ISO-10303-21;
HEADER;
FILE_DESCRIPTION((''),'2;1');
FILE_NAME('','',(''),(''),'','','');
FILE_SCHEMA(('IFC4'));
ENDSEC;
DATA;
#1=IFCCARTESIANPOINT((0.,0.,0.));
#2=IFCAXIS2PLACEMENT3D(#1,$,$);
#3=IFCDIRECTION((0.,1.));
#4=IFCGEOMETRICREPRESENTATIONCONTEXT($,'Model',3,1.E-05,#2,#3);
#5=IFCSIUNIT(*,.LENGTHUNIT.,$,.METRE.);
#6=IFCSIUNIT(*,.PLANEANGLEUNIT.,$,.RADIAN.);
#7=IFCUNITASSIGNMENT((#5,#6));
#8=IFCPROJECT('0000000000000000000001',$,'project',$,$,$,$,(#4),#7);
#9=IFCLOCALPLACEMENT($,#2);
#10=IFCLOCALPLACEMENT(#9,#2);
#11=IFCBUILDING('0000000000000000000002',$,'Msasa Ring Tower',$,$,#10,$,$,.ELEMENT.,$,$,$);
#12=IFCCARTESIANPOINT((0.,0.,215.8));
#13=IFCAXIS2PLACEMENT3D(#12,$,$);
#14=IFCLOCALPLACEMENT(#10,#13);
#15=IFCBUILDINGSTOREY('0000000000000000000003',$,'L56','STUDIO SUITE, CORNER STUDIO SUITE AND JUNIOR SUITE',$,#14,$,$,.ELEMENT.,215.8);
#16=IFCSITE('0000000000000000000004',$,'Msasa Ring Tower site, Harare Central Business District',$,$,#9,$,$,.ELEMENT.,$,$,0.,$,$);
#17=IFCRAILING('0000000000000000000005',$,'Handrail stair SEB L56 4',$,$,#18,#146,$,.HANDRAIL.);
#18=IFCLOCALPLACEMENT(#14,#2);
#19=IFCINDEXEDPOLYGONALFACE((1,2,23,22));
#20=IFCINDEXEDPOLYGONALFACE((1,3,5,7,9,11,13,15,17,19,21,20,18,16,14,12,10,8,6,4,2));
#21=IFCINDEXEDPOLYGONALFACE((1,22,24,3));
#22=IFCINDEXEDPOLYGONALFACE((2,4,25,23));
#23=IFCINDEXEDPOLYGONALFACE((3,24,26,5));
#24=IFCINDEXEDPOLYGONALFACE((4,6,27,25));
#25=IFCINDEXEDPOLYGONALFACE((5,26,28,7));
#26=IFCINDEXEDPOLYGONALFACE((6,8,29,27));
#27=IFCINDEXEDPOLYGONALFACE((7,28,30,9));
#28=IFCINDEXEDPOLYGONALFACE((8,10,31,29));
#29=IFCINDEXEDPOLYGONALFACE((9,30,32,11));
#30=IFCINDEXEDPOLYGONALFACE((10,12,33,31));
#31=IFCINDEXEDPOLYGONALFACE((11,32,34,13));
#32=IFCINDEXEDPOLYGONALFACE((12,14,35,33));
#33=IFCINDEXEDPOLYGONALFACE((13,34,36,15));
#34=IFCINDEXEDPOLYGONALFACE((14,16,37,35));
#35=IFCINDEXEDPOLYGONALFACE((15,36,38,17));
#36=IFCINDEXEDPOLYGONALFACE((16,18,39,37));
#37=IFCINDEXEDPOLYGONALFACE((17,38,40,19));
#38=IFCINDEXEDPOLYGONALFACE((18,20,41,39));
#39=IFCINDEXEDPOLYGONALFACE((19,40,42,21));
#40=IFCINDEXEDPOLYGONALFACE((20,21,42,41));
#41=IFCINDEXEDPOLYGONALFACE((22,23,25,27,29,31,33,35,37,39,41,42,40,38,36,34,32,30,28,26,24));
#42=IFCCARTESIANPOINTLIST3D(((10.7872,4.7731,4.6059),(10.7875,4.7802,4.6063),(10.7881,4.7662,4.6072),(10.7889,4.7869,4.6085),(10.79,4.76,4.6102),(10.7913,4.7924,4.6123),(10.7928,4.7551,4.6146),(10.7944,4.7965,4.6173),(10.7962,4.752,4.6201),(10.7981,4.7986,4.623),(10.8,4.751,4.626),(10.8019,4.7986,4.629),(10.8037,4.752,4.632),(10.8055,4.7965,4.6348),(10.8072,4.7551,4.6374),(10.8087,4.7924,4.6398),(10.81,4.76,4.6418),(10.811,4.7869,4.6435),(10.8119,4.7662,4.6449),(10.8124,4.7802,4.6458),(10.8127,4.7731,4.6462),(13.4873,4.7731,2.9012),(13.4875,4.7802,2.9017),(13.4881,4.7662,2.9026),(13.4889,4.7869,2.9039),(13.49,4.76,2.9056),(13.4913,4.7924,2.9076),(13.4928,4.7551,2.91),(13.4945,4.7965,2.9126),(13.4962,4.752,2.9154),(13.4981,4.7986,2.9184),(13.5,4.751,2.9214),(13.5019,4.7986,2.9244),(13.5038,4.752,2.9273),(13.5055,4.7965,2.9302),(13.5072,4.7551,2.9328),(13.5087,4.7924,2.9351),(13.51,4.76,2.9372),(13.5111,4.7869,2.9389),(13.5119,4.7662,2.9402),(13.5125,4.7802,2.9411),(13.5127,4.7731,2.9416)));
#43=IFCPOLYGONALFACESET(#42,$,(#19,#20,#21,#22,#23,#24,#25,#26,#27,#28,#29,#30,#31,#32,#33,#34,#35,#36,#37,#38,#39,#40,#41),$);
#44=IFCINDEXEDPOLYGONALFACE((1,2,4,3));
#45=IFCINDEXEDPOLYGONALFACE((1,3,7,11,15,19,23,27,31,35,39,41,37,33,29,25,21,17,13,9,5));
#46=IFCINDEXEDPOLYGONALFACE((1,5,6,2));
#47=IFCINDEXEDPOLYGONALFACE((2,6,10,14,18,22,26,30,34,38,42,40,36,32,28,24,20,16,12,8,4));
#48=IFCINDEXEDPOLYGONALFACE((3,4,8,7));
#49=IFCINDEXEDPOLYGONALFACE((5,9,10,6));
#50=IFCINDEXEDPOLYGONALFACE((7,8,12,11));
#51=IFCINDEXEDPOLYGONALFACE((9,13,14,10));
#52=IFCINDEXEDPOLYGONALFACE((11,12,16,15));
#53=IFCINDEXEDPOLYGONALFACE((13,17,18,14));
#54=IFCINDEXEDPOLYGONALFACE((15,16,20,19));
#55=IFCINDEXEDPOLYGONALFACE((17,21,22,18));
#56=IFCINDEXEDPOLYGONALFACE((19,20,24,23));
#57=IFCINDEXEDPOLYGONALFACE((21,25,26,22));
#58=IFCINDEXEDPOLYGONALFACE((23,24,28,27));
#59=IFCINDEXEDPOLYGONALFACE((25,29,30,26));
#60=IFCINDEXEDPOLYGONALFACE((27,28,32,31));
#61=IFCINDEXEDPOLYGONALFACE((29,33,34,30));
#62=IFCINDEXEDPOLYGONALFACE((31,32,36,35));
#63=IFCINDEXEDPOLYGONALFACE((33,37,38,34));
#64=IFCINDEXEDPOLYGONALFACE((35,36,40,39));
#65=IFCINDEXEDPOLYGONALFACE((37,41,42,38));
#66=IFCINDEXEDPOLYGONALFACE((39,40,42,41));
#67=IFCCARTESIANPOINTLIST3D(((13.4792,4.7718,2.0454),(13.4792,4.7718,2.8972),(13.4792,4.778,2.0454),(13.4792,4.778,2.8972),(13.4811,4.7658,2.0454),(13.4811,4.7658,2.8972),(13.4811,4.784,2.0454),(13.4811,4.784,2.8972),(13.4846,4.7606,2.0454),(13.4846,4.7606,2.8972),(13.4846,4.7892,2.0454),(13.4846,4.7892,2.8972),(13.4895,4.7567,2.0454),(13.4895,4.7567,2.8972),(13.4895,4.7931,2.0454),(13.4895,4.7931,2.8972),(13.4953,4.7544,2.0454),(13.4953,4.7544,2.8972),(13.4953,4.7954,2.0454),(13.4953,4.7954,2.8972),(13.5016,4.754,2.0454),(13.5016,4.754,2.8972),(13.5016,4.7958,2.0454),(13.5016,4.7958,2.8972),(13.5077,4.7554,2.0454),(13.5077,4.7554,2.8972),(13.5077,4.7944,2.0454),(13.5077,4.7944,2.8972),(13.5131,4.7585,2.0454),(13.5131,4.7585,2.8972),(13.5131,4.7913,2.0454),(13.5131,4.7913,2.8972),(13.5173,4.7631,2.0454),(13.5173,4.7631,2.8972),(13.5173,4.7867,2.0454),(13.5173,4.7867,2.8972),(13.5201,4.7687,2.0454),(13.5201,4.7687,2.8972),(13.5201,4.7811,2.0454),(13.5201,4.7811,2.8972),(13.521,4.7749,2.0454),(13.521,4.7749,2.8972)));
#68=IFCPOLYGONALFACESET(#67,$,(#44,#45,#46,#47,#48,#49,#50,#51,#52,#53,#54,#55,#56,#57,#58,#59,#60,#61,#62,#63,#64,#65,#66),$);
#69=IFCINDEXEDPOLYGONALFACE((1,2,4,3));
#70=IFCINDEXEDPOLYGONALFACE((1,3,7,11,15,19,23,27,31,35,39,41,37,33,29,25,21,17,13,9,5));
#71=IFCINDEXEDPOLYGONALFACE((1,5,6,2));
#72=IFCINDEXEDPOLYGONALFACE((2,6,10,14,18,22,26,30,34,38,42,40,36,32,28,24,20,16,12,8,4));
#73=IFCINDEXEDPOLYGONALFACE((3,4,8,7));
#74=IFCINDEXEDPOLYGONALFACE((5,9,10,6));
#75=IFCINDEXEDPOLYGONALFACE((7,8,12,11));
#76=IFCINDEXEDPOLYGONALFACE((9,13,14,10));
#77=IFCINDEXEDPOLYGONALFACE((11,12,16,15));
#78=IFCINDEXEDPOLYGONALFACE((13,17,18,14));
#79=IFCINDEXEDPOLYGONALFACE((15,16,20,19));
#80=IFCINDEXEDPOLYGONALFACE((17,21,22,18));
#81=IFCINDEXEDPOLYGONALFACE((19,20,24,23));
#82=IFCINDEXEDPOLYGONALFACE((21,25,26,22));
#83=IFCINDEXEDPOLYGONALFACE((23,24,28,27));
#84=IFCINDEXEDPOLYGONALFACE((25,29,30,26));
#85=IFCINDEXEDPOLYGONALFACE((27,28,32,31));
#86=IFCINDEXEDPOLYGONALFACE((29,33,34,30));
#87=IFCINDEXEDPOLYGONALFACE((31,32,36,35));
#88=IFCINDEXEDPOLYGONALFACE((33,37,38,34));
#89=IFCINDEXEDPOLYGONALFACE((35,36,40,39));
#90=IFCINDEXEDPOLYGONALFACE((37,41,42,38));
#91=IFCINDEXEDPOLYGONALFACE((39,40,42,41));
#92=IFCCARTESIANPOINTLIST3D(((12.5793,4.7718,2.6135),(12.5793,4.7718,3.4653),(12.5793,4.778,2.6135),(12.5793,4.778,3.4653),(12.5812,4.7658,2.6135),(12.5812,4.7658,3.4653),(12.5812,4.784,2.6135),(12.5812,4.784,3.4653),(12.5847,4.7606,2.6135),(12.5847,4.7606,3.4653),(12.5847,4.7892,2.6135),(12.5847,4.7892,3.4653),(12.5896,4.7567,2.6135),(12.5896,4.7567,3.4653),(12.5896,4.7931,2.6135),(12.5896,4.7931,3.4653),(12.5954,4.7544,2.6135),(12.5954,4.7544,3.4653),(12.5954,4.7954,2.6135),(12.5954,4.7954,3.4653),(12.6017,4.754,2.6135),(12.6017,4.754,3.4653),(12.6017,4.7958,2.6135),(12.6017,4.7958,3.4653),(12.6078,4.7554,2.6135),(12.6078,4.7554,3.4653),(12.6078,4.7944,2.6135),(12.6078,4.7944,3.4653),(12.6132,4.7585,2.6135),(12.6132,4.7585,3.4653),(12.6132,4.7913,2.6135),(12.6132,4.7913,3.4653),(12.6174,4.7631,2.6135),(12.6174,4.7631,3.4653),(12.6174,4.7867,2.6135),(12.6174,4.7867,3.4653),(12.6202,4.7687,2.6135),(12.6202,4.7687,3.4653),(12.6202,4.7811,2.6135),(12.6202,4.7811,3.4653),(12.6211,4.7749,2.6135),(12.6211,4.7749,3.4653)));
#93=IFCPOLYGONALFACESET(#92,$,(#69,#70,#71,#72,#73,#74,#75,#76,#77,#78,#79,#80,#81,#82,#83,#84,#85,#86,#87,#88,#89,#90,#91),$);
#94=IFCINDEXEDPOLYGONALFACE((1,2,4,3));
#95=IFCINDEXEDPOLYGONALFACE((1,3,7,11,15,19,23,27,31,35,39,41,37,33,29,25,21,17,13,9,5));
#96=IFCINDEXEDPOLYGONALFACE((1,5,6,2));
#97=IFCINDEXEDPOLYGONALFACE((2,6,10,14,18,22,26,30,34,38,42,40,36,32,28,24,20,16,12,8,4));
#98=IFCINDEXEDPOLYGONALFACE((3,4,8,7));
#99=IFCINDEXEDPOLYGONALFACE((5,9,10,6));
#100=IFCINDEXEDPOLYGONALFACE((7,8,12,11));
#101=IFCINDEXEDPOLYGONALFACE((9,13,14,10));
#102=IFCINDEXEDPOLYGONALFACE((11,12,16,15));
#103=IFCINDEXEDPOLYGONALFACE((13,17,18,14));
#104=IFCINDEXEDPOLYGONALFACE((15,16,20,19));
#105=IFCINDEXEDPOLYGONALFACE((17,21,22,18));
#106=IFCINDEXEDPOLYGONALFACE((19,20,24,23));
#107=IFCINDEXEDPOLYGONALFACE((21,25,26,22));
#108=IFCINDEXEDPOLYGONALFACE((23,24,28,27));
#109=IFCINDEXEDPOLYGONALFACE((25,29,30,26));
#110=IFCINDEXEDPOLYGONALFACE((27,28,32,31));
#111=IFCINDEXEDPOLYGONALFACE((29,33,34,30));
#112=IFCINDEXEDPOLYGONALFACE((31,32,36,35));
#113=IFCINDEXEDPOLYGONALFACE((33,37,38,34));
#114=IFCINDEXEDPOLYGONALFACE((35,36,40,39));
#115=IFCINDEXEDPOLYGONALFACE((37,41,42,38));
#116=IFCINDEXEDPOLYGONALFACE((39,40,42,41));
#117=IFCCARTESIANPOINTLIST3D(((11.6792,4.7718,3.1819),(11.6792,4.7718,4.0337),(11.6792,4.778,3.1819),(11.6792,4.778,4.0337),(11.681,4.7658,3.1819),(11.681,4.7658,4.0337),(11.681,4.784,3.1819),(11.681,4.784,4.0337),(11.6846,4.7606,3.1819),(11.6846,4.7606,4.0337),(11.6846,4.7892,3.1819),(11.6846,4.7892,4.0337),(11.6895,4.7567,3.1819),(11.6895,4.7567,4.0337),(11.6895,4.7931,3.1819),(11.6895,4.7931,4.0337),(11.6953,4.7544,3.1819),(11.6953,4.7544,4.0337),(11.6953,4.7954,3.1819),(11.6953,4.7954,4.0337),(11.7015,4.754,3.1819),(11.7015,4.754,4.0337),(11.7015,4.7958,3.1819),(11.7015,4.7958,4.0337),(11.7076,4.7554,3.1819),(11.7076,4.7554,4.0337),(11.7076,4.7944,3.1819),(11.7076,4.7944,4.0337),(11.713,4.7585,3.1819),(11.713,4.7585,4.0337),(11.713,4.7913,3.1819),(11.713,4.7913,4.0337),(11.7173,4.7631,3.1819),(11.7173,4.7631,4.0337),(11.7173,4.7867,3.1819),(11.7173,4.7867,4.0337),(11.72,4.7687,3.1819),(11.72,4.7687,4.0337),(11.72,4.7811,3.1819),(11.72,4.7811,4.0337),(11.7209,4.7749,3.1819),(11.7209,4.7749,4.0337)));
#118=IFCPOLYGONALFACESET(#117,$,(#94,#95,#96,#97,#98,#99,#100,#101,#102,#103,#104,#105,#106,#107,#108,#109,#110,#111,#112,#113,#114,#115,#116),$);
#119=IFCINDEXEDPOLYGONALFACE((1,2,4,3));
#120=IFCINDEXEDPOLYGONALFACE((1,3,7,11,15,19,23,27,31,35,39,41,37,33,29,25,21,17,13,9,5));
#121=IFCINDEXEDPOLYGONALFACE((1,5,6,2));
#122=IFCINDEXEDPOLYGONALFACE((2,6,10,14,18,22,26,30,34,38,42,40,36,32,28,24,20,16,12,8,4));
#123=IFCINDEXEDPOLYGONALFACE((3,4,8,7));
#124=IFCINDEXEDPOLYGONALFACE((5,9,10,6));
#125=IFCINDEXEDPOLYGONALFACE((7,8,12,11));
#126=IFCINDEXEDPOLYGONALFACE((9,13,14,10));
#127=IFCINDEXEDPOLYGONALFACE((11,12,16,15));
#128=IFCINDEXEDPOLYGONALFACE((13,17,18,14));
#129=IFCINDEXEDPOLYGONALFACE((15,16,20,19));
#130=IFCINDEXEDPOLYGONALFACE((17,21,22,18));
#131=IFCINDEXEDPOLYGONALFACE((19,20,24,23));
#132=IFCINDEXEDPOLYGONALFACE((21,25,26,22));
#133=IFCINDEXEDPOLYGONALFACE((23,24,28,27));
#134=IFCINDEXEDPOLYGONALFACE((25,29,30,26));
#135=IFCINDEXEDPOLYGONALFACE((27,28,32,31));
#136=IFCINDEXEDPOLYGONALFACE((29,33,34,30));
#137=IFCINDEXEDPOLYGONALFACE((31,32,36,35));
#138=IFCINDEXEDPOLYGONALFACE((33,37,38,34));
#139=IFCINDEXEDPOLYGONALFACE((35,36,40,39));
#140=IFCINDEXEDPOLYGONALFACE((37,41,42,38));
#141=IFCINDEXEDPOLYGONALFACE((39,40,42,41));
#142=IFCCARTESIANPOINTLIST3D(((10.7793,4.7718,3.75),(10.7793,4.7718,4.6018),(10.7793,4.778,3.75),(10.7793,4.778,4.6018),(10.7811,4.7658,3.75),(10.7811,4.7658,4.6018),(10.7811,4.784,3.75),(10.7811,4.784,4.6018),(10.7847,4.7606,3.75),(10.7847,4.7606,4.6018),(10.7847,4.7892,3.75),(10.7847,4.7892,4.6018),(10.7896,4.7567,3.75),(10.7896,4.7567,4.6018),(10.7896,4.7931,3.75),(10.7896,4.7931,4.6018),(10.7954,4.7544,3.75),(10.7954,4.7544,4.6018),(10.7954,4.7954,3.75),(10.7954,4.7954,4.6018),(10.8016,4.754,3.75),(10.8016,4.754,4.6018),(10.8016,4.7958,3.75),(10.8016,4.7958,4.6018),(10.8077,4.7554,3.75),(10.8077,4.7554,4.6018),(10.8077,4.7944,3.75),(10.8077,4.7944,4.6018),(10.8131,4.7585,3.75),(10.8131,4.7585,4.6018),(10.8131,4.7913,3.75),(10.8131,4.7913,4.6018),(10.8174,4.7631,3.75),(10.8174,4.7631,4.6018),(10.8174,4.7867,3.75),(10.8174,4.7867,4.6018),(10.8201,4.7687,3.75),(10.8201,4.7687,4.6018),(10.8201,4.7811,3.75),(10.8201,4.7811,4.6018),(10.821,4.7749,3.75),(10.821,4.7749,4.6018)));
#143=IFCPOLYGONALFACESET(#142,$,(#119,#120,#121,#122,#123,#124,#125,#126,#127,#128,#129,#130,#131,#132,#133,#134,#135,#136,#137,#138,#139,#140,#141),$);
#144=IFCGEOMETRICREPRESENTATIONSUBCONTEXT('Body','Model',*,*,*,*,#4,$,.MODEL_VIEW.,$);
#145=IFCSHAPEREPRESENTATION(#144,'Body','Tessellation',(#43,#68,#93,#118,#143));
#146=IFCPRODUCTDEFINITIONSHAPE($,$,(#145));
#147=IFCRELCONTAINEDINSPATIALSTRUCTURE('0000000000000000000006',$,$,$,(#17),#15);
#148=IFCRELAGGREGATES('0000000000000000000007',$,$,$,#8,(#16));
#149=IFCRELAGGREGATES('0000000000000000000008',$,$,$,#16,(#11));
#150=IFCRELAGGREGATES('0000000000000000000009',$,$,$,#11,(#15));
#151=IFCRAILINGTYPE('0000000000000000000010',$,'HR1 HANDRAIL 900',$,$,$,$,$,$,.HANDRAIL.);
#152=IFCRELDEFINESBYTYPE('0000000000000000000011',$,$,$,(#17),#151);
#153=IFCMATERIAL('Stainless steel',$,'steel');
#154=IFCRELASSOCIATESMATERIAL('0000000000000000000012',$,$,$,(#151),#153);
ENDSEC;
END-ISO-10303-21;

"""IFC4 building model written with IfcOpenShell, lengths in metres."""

from ifc_helpers import new_model, si_unit, direction, frame, origin, origin_2d, place, context, subcontext, project, spatial, circle, extrude, material, type_object, element, save


model = new_model("IFC4")

# Units and contexts
model_context = context("Model", 3, precision=1e-05, world=origin(), true_north=direction((0.0, 1.0)))
body_context = subcontext(model_context, "Body", "Model", "MODEL_VIEW")
ifc_project = project(units=[si_unit("LENGTHUNIT", "METRE"), si_unit("PLANEANGLEUNIT", "RADIAN")], contexts=[model_context])

# Site, building, storey
site_placement = place(None, origin())
site = spatial("IfcSite", under=ifc_project, at=site_placement, Name="Msasa Ring Tower site, Harare Central Business District", CompositionType="ELEMENT", RefElevation=0.0)
building_placement = place(site_placement, origin())
building = spatial("IfcBuilding", under=site, at=building_placement, Name="Msasa Ring Tower", CompositionType="ELEMENT")
storey_placement = place(building_placement, frame((0.0, 0.0, 215.8)))
storey = spatial("IfcBuildingStorey", under=building, at=storey_placement, Name="L56", Description="STUDIO SUITE, CORNER STUDIO SUITE AND JUNIOR SUITE", CompositionType="ELEMENT", Elevation=215.8)

# Railing
ifc_material_1 = material(Name="Stainless steel", Category="steel")
railing_type = type_object("IfcRailingType", Name="HR1 HANDRAIL 900", PredefinedType="HANDRAIL", material=ifc_material_1)
for number, where, name in (
    (1, (13.5, 4.7749, 2.0454), "Handrail stair SEB L56 4"),
):
    element("IfcRailing", number, at=place(storey_placement, frame(where)), inside=storey, type_object=railing_type, Name=name, PredefinedType="HANDRAIL", context=body_context, shape_type="SweptSolid", body=[
        extrude(circle(Radius=0.0239, at=origin_2d()), frame((0.0, 0.0, 0.876), z_axis=(-0.84558, 0.0, 0.533849), x_axis=(0.0, -1.0, 0.0)), (0.0, 0.0, 1.0), 3.1931),
        extrude(circle(Radius=0.021, at=origin_2d()), origin(), (0.0, 0.0, 1.0), 0.8518),
        extrude(circle(Radius=0.021, at=origin_2d()), frame((-0.8999, 0.0, 0.5681)), (0.0, 0.0, 1.0), 0.8518),
        extrude(circle(Radius=0.021, at=origin_2d()), frame((-1.8, 0.0, 1.1365)), (0.0, 0.0, 1.0), 0.8518),
        extrude(circle(Radius=0.021, at=origin_2d()), frame((-2.7, 0.0, 1.7046)), (0.0, 0.0, 1.0), 0.8518),
    ])

save(model, "model.ifc")
